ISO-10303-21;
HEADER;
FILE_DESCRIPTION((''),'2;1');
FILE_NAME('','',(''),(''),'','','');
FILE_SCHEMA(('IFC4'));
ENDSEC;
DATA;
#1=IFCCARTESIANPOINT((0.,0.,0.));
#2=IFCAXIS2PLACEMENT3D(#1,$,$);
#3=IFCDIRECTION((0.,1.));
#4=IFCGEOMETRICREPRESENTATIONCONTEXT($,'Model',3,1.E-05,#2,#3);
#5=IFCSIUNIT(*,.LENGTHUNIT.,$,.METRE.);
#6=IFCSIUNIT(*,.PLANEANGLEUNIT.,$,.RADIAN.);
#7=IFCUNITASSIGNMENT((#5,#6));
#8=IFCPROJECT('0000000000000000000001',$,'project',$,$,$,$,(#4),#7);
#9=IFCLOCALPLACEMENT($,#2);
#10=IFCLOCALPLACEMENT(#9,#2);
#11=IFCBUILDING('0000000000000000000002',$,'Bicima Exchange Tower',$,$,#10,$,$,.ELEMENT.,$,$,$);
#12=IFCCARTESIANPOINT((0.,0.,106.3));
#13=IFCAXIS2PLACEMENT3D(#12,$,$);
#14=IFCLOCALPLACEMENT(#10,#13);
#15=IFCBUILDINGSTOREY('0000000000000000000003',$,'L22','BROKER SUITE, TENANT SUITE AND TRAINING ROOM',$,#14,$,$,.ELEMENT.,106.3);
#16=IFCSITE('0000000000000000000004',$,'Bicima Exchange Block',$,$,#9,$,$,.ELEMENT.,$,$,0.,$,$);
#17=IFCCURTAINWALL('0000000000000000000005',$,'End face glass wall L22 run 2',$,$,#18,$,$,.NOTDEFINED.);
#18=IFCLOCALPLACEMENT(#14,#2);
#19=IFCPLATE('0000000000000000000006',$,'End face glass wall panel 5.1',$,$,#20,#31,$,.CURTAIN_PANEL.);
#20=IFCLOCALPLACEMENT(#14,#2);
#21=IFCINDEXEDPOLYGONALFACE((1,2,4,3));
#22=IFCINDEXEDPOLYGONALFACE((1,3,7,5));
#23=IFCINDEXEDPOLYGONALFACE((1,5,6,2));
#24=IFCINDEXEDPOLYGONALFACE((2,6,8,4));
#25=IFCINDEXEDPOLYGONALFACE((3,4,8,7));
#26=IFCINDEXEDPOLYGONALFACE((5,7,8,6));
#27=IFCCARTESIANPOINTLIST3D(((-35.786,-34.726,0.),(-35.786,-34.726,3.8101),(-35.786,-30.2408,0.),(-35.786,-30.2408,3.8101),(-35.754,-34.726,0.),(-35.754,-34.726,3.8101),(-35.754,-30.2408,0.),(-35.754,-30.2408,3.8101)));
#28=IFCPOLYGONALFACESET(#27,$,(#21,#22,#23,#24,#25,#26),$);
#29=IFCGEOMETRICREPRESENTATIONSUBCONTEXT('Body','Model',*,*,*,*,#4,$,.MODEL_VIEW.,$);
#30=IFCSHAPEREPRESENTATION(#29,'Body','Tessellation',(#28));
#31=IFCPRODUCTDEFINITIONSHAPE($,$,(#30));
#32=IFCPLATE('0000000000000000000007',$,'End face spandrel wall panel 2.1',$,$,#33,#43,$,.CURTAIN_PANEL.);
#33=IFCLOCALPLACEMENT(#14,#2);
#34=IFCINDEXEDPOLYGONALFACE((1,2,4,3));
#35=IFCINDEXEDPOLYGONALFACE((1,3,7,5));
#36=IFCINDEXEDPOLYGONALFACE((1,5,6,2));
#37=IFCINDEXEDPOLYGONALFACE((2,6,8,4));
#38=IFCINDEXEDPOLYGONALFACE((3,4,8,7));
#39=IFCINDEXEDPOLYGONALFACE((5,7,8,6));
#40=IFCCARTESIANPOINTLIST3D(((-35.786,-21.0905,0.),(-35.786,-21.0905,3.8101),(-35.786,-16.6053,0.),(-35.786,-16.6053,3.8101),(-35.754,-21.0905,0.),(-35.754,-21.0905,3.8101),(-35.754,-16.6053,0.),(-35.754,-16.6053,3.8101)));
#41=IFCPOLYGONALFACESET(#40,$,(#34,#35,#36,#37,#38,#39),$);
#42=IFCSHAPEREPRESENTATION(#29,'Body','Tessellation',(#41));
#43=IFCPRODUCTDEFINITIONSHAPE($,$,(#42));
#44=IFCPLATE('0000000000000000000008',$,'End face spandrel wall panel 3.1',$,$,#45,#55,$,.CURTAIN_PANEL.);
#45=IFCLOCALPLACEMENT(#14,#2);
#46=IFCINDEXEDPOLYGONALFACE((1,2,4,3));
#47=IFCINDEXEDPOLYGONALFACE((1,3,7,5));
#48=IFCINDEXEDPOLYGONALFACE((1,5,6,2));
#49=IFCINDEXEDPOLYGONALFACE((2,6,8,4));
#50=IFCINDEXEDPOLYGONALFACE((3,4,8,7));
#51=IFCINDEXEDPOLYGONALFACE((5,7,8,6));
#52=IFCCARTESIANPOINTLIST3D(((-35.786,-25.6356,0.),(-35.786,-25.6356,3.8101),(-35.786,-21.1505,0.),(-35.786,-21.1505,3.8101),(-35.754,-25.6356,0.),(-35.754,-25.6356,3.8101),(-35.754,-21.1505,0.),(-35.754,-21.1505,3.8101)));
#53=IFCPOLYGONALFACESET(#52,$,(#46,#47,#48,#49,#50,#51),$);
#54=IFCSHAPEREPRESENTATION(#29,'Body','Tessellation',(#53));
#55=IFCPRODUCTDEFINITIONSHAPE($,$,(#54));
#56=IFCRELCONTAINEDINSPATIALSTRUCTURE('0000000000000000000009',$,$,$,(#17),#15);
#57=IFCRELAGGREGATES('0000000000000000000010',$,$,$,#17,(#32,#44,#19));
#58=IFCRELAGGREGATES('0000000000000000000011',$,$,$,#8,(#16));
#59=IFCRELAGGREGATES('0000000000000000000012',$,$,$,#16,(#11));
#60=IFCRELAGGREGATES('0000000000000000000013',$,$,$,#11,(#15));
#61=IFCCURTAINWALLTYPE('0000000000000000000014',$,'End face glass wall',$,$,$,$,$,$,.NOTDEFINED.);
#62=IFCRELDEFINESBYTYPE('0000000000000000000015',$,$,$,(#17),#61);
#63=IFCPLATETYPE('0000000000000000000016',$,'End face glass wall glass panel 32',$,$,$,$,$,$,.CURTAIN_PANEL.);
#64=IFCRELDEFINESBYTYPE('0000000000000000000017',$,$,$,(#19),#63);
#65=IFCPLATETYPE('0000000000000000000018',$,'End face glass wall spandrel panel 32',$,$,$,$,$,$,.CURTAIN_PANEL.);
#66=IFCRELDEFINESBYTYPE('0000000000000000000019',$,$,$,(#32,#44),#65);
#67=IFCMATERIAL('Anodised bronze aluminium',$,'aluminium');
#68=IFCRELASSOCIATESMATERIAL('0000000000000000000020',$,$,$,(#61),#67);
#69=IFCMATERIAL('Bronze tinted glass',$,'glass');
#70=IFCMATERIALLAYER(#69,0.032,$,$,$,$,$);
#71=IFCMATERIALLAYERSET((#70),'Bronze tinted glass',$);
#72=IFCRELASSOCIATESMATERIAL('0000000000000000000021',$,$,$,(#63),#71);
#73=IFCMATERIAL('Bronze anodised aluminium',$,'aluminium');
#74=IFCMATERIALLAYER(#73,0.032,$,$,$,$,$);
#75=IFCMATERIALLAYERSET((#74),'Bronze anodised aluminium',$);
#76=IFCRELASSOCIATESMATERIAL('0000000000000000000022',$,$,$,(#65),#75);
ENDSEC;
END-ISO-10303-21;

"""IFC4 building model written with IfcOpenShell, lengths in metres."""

from ifc_helpers import new_model, si_unit, direction, frame, origin, origin_2d, place, context, subcontext, project, spatial, rectangle, extrude, material, layer, layer_set, type_object, element, aggregate, save


model = new_model("IFC4")

# Units and contexts
model_context = context("Model", 3, precision=1e-05, world=origin(), true_north=direction((0.0, 1.0)))
body_context = subcontext(model_context, "Body", "Model", "MODEL_VIEW")
ifc_project = project(units=[si_unit("LENGTHUNIT", "METRE"), si_unit("PLANEANGLEUNIT", "RADIAN")], contexts=[model_context])

# Site, building, storey
site_placement = place(None, origin())
site = spatial("IfcSite", under=ifc_project, at=site_placement, Name="Bicima Exchange Block", CompositionType="ELEMENT", RefElevation=0.0)
building_placement = place(site_placement, origin())
building = spatial("IfcBuilding", under=site, at=building_placement, Name="Bicima Exchange Tower", CompositionType="ELEMENT")
storey_placement = place(building_placement, frame((0.0, 0.0, 106.3)))
storey = spatial("IfcBuildingStorey", under=building, at=storey_placement, Name="L22", Description="BROKER SUITE, TENANT SUITE AND TRAINING ROOM", CompositionType="ELEMENT", Elevation=106.3)

# Curtain wall
ifc_material_1 = material(Name="Anodised bronze aluminium", Category="aluminium")
curtain_wall_type_1 = type_object("IfcCurtainWallType", Name="End face glass wall", PredefinedType="NOTDEFINED", material=ifc_material_1)
curtain_wall_1_placement = place(storey_placement, origin())
curtain_wall_1 = element("IfcCurtainWall", 1, at=curtain_wall_1_placement, inside=storey, type_object=curtain_wall_type_1, Name="End face glass wall L22 run 2", PredefinedType="NOTDEFINED")

# Plates
ifc_material_2 = material(Name="Bronze tinted glass", Category="glass")
ifc_layer_1 = layer(ifc_material_2, 0.032)
ifc_layer_set_1 = layer_set([ifc_layer_1], Name="Bronze tinted glass")
plate_type_1 = type_object("IfcPlateType", Name="End face glass wall glass panel 32", PredefinedType="CURTAIN_PANEL", material=ifc_layer_set_1)
plate_1_placement = place(storey_placement, frame((-35.77, -32.4834, 0.0), z_axis=(0.0, 0.0, 1.0), x_axis=(0.0, -1.0, 0.0)))
plate_1 = element("IfcPlate", 2, at=plate_1_placement, type_object=plate_type_1, Name="End face glass wall panel 5.1", PredefinedType="CURTAIN_PANEL", context=body_context, shape_type="SweptSolid", body=[
    extrude(rectangle(XDim=4.4851, YDim=0.032, at=origin_2d()), origin(), (0.0, 0.0, 1.0), 3.8101),
])
ifc_material_3 = material(Name="Bronze anodised aluminium", Category="aluminium")
ifc_layer_2 = layer(ifc_material_3, 0.032)
ifc_layer_set_2 = layer_set([ifc_layer_2], Name="Bronze anodised aluminium")
plate_type_2 = type_object("IfcPlateType", Name="End face glass wall spandrel panel 32", PredefinedType="CURTAIN_PANEL", material=ifc_layer_set_2)
plate_2_placement = place(storey_placement, frame((-35.77, -18.8479, 0.0), z_axis=(0.0, 0.0, 1.0), x_axis=(0.0, -1.0, 0.0)))
plate_2 = element("IfcPlate", 3, at=plate_2_placement, type_object=plate_type_2, Name="End face spandrel wall panel 2.1", PredefinedType="CURTAIN_PANEL", context=body_context, shape_type="SweptSolid", body=[
    extrude(rectangle(XDim=4.4851, YDim=0.032, at=origin_2d()), origin(), (0.0, 0.0, 1.0), 3.8101),
])
plate_3_placement = place(storey_placement, frame((-35.77, -23.3931, 0.0), z_axis=(0.0, 0.0, 1.0), x_axis=(0.0, -1.0, 0.0)))
plate_3 = element("IfcPlate", 4, at=plate_3_placement, type_object=plate_type_2, Name="End face spandrel wall panel 3.1", PredefinedType="CURTAIN_PANEL", context=body_context, shape_type="SweptSolid", body=[
    extrude(rectangle(XDim=4.4851, YDim=0.032, at=origin_2d()), origin(), (0.0, 0.0, 1.0), 3.8101),
])
aggregate(curtain_wall_1, [plate_2, plate_3, plate_1])

save(model, "model.ifc")
